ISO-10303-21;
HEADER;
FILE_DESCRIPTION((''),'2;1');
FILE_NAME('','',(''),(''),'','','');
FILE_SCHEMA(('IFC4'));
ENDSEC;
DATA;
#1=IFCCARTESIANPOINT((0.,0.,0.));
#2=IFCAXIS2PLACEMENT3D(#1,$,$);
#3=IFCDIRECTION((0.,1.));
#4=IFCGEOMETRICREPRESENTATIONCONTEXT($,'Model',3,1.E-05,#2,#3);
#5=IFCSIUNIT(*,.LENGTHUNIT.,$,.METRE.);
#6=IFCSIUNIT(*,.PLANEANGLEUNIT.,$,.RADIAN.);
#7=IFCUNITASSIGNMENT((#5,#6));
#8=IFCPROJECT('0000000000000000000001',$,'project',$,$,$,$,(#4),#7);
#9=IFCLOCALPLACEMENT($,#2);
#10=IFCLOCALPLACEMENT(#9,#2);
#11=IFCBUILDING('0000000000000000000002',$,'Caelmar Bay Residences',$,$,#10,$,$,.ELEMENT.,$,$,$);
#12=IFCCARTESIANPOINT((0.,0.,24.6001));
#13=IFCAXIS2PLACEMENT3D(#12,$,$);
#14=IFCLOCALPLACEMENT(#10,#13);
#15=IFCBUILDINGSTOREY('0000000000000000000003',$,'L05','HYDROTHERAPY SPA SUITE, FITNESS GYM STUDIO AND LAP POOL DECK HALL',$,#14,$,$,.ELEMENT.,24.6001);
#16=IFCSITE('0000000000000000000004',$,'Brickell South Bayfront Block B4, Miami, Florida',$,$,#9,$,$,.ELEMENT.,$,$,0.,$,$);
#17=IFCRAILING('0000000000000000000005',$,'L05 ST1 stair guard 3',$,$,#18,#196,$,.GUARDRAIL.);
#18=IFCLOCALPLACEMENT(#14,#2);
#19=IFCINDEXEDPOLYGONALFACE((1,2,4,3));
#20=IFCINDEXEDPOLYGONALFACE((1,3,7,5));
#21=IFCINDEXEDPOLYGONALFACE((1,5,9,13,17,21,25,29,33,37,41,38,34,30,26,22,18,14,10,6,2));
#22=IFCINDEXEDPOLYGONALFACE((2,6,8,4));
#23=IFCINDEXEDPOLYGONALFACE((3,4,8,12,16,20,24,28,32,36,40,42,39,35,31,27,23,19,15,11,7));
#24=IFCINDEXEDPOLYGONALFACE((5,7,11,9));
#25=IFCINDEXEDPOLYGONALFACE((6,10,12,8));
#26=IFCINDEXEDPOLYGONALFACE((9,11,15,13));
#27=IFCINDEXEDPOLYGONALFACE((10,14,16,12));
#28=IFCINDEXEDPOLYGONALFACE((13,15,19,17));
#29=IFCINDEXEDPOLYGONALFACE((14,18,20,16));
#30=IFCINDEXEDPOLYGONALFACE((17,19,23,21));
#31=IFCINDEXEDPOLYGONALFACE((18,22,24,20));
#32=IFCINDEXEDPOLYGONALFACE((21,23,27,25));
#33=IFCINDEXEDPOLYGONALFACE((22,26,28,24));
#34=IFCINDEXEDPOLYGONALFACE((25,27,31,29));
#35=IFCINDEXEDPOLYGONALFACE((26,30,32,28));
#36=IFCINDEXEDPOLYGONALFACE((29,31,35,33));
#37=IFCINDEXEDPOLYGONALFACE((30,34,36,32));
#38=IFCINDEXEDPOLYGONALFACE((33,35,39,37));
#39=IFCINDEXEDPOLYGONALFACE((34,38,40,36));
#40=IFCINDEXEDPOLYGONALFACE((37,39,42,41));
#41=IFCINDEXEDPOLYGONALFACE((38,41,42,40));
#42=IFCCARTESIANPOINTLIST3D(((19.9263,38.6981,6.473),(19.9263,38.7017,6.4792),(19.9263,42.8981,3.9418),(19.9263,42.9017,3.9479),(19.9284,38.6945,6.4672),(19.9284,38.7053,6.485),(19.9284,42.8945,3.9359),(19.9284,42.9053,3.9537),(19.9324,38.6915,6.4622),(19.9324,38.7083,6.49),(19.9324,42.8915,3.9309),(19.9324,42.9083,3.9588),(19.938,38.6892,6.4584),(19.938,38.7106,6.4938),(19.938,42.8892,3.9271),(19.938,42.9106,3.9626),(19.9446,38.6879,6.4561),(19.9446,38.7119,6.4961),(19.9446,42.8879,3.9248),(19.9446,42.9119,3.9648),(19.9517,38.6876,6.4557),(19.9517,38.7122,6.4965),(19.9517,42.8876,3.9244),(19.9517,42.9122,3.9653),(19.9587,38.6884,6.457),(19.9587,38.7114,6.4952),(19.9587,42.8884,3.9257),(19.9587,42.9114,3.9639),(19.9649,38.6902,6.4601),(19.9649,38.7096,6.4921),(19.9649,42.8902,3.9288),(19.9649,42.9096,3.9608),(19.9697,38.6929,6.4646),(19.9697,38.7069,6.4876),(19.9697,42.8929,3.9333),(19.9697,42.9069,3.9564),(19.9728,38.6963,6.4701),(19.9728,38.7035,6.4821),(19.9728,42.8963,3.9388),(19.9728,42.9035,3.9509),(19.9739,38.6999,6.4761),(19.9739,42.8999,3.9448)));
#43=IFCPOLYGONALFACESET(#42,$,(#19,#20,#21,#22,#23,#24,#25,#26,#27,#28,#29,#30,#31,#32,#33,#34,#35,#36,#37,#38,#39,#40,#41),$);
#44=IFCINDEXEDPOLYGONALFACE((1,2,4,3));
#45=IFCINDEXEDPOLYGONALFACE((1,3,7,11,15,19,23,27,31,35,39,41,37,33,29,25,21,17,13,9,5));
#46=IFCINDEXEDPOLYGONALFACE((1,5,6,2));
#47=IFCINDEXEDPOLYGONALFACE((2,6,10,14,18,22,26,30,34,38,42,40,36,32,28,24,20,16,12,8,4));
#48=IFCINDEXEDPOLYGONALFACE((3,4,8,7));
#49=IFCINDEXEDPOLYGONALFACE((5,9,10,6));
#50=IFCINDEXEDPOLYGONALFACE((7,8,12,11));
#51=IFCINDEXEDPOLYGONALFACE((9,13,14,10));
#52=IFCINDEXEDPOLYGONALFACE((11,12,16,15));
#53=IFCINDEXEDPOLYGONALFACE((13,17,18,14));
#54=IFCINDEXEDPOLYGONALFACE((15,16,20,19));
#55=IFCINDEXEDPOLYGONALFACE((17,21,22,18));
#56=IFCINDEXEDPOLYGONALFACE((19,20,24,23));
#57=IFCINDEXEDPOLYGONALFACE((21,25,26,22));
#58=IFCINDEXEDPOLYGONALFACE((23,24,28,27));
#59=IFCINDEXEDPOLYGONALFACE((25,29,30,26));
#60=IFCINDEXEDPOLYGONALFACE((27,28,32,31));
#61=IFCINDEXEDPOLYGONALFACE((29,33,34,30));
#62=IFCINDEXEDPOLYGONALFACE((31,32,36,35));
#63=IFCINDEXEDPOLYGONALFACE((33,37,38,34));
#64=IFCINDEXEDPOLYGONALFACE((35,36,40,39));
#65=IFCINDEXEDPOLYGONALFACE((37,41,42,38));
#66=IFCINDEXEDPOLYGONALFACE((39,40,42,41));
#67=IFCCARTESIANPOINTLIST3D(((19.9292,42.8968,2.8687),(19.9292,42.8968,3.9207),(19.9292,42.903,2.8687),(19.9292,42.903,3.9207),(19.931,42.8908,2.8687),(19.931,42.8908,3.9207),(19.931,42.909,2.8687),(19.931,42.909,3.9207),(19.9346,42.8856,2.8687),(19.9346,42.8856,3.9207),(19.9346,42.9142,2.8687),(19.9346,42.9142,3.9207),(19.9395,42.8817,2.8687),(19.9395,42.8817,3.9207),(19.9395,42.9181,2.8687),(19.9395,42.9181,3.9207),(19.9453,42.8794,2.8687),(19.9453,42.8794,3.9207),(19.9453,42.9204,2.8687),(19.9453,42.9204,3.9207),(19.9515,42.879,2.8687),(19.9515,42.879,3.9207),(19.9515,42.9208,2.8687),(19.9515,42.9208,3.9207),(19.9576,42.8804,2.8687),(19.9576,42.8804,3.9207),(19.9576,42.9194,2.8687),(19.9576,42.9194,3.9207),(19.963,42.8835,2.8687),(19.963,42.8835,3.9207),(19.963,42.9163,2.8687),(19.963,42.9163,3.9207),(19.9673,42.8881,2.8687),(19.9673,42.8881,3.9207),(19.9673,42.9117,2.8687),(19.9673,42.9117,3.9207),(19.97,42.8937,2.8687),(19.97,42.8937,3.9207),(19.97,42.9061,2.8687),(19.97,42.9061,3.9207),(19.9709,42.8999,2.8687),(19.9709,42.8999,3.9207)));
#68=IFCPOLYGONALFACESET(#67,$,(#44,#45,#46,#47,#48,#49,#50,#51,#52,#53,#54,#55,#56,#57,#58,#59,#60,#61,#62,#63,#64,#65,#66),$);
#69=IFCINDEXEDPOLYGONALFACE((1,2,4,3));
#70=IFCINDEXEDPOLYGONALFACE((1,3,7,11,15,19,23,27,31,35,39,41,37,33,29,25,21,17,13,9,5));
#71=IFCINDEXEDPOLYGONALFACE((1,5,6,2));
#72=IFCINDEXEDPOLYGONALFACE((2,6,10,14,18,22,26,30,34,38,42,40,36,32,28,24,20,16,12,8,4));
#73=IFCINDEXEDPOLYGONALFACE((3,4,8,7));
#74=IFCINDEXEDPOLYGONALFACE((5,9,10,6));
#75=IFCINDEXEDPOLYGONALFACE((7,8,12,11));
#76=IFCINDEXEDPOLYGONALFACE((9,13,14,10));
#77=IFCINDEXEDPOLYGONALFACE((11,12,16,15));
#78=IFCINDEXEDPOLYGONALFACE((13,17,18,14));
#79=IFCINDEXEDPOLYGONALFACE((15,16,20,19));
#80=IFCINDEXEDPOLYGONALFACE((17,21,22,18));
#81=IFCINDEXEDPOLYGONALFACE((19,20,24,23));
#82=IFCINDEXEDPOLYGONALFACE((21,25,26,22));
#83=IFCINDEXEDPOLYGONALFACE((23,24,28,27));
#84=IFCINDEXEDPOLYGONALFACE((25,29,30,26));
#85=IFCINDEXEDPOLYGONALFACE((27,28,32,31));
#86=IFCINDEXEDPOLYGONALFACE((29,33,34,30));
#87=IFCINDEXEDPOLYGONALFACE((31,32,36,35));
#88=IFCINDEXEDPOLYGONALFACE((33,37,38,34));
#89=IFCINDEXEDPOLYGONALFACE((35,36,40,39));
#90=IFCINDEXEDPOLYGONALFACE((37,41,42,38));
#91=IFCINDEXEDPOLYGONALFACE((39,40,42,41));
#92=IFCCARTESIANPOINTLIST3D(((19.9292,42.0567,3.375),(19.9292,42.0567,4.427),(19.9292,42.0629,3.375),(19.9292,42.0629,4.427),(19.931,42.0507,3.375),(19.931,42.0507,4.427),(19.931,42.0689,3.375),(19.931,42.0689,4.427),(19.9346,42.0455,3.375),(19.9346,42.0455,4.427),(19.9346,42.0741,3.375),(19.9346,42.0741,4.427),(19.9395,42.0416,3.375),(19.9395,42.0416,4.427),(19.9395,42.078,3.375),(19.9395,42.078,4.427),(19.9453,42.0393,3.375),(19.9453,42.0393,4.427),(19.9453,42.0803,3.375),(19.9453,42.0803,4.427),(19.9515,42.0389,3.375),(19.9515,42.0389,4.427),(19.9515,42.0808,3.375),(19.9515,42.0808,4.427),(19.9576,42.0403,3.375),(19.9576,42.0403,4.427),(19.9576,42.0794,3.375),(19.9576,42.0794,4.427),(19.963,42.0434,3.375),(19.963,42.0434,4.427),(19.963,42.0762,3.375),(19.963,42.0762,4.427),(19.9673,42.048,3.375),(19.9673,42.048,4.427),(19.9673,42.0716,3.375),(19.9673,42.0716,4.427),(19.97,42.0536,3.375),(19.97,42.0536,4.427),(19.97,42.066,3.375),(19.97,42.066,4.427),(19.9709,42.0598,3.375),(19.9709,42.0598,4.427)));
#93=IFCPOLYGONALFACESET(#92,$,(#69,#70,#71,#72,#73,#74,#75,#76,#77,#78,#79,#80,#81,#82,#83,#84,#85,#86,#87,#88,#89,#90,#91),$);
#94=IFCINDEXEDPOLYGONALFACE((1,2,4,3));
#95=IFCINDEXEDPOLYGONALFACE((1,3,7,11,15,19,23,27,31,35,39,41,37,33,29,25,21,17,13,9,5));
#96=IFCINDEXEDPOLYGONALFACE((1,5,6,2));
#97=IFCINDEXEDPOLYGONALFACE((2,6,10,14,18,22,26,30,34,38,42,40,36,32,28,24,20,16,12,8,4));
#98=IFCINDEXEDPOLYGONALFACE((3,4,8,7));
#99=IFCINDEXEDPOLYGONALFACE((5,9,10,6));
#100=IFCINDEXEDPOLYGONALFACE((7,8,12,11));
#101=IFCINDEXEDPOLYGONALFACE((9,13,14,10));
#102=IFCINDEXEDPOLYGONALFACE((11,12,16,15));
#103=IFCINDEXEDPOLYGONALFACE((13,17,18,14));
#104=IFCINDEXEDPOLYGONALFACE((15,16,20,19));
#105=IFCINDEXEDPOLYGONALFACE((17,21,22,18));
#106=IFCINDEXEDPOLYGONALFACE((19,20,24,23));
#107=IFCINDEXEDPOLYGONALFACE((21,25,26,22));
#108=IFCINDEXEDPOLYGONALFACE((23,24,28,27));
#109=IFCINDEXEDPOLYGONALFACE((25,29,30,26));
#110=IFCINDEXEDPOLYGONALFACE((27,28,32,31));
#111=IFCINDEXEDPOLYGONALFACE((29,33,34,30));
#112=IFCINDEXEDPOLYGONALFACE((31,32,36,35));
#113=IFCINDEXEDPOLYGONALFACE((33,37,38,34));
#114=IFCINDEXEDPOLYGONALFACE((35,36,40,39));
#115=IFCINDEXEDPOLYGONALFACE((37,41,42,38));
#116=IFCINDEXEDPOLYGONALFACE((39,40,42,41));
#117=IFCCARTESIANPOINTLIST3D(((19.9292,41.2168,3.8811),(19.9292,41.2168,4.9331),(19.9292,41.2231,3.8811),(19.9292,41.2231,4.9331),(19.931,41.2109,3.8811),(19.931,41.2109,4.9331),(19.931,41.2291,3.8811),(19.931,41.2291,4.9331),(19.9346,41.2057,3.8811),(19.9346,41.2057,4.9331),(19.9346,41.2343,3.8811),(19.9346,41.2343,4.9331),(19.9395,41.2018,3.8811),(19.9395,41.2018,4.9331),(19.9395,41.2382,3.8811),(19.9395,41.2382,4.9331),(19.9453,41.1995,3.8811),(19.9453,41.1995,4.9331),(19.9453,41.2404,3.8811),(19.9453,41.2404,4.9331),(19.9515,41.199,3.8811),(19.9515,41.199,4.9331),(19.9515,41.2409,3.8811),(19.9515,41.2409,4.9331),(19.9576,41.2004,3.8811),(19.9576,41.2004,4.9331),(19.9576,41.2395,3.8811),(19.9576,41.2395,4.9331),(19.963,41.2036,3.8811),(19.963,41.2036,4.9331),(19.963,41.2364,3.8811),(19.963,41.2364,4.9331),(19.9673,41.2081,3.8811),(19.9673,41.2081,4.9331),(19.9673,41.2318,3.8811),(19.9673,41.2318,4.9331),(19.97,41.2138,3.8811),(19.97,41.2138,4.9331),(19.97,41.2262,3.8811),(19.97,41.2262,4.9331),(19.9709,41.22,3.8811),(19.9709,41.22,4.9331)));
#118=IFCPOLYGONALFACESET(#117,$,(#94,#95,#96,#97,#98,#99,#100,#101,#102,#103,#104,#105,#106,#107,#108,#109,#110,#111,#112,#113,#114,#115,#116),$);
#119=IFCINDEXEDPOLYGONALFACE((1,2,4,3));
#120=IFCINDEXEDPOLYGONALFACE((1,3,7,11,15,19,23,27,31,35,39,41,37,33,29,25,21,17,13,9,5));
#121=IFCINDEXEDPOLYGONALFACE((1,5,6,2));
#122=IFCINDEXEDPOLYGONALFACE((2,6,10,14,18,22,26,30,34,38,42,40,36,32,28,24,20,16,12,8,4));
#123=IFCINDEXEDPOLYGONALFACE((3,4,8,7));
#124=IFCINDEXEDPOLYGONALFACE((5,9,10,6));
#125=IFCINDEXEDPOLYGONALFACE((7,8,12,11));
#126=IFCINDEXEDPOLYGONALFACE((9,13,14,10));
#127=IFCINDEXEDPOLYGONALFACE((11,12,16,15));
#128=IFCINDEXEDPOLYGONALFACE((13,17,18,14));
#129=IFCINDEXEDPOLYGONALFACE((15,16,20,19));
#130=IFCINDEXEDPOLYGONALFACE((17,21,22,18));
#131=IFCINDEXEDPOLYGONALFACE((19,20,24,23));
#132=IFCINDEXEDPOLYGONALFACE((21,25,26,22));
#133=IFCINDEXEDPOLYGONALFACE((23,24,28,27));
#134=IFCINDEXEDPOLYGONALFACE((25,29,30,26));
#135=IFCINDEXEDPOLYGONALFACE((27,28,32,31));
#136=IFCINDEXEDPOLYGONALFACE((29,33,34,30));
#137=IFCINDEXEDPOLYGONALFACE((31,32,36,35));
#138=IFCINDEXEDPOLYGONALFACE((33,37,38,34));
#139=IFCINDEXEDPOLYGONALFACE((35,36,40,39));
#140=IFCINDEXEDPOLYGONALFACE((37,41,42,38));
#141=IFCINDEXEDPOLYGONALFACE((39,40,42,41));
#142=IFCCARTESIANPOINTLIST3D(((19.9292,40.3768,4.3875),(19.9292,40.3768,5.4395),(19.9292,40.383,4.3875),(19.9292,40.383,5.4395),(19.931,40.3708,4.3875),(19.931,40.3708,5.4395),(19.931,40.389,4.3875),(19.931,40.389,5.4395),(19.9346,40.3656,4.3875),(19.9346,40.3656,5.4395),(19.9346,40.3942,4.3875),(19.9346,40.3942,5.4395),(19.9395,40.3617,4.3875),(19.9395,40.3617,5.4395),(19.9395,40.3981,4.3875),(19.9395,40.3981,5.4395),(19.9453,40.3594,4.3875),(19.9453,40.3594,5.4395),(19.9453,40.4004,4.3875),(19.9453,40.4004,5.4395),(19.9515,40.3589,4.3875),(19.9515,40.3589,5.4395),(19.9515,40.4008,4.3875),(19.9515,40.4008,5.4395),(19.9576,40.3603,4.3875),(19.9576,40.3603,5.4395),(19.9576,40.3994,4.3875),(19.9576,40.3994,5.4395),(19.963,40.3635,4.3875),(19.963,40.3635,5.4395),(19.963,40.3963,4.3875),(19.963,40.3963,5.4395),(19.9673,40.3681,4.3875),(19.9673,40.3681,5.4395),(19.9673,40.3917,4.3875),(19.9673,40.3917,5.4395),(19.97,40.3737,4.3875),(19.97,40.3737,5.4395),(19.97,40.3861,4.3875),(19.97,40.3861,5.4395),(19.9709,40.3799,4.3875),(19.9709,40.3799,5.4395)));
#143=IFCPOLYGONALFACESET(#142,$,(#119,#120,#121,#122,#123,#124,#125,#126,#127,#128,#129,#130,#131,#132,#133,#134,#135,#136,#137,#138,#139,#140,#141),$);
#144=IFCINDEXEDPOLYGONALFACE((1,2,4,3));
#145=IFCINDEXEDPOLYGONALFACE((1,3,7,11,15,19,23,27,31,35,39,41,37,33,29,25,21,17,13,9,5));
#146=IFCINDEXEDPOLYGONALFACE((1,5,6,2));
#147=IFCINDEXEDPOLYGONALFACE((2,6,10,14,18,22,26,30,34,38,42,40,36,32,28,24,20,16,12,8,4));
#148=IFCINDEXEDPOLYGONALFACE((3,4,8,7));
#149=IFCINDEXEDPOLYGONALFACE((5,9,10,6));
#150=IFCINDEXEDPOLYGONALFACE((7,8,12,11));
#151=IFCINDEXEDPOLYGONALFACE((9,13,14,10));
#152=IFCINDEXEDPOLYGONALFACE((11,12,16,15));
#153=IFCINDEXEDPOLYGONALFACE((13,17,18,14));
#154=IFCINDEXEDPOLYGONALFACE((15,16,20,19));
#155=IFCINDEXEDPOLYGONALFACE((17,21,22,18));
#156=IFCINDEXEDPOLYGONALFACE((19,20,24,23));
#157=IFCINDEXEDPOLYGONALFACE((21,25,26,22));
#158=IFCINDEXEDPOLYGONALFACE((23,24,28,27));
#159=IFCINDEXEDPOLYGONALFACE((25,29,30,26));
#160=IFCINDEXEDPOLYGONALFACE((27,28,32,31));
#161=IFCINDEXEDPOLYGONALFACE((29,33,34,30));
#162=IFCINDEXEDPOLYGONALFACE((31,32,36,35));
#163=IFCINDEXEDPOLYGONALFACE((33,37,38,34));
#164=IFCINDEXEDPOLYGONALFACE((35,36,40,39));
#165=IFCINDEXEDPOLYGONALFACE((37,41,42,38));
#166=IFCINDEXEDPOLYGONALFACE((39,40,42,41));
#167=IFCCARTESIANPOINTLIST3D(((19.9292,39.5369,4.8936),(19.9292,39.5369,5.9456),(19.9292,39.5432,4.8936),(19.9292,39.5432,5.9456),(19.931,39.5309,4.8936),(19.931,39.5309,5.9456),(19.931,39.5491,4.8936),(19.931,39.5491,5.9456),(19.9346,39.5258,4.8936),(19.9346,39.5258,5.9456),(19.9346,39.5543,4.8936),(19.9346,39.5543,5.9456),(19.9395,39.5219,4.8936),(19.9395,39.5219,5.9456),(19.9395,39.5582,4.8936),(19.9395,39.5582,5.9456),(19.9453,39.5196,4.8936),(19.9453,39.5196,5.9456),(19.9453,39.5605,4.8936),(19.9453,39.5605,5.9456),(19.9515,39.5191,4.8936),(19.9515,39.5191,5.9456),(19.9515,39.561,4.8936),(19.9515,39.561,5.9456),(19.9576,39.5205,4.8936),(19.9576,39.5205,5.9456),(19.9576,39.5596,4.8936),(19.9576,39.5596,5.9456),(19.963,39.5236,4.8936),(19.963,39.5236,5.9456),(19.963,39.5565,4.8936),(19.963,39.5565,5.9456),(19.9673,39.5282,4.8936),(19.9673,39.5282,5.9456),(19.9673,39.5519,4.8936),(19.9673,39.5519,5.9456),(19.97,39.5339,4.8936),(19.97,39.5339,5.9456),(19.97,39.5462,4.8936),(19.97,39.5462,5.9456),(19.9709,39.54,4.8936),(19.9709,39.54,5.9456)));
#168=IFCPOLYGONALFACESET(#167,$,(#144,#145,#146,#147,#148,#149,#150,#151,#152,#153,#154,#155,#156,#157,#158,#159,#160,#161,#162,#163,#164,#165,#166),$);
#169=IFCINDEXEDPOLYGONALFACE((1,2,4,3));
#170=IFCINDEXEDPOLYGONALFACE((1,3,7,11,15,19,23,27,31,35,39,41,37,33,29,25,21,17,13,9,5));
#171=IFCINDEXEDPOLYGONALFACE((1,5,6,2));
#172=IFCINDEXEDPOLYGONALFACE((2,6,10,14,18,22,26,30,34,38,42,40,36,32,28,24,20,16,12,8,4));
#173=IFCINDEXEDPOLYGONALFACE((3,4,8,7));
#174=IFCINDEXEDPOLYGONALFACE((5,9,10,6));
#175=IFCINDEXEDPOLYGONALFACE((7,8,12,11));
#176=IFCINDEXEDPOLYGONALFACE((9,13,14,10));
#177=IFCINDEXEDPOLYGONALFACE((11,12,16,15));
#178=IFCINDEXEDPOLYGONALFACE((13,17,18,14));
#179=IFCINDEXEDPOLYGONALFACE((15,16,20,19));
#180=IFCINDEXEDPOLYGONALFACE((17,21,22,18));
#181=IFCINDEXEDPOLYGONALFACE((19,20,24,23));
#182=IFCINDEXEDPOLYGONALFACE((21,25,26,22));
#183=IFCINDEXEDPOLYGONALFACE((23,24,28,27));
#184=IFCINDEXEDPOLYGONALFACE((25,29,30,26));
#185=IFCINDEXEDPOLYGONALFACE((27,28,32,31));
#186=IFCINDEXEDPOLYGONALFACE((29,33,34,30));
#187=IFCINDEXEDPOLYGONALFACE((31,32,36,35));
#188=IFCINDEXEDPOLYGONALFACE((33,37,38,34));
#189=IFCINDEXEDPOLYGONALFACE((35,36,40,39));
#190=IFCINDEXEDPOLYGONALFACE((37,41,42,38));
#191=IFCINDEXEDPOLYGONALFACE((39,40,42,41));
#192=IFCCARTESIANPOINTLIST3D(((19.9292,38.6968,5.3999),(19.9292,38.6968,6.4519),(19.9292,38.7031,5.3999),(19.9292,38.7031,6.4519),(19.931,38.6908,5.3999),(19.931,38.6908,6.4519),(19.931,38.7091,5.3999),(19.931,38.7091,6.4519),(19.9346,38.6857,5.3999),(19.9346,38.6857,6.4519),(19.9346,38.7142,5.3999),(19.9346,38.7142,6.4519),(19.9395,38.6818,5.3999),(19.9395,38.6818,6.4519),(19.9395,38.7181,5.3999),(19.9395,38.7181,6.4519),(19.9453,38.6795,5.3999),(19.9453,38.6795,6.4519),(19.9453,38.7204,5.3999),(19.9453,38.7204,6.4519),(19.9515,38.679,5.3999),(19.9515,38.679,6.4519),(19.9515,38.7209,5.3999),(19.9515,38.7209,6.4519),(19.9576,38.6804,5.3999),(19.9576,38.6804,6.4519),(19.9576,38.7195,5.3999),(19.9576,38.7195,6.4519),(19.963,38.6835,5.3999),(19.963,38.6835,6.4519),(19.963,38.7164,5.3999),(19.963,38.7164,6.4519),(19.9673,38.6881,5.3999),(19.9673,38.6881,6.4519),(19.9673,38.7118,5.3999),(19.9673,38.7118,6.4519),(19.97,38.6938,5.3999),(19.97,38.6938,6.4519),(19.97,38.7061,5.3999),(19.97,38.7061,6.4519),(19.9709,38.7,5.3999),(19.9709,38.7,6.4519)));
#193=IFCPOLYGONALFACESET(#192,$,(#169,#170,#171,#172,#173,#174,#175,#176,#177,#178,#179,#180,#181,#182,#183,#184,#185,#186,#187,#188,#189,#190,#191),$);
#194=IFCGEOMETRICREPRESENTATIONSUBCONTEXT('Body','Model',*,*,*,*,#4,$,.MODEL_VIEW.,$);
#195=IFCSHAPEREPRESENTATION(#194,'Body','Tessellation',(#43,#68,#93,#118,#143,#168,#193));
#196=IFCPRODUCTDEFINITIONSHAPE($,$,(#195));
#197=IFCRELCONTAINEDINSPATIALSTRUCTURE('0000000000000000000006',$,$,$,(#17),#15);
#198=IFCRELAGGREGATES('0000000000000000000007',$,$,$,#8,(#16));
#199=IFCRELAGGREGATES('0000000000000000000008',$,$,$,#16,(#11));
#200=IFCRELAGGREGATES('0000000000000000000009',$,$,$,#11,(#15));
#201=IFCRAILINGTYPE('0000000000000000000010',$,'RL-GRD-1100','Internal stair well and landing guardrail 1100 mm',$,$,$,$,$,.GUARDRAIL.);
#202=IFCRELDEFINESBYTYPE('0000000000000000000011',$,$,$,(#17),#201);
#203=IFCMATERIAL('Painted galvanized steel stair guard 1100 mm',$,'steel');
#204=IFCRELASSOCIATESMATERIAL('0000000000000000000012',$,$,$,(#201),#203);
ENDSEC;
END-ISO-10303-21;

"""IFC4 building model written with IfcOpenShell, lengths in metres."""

from ifc_helpers import new_model, si_unit, direction, frame, origin, origin_2d, place, context, subcontext, project, spatial, circle, extrude, material, type_object, element, save


model = new_model("IFC4")

# Units and contexts
model_context = context("Model", 3, precision=1e-05, world=origin(), true_north=direction((0.0, 1.0)))
body_context = subcontext(model_context, "Body", "Model", "MODEL_VIEW")
ifc_project = project(units=[si_unit("LENGTHUNIT", "METRE"), si_unit("PLANEANGLEUNIT", "RADIAN")], contexts=[model_context])

# Site, building, storey
site_placement = place(None, origin())
site = spatial("IfcSite", under=ifc_project, at=site_placement, Name="Brickell South Bayfront Block B4, Miami, Florida", CompositionType="ELEMENT", RefElevation=0.0)
building_placement = place(site_placement, origin())
building = spatial("IfcBuilding", under=site, at=building_placement, Name="Caelmar Bay Residences", CompositionType="ELEMENT")
storey_placement = place(building_placement, frame((0.0, 0.0, 24.6001)))
storey = spatial("IfcBuildingStorey", under=building, at=storey_placement, Name="L05", Description="HYDROTHERAPY SPA SUITE, FITNESS GYM STUDIO AND LAP POOL DECK HALL", CompositionType="ELEMENT", Elevation=24.6001)

# Railing
ifc_material_1 = material(Name="Painted galvanized steel stair guard 1100 mm", Category="steel")
railing_type_1 = type_object("IfcRailingType", Name="RL-GRD-1100", Description="Internal stair well and landing guardrail 1100 mm", PredefinedType="GUARDRAIL", material=ifc_material_1)
railing_1_placement = place(storey_placement, frame((19.95, 42.8999, 2.8687)))
element("IfcRailing", 1, at=railing_1_placement, inside=storey, type_object=railing_type_1, Name="L05 ST1 stair guard 3", PredefinedType="GUARDRAIL", context=body_context, shape_type="SweptSolid", body=[
    extrude(circle(Radius=0.0239, at=origin_2d()), frame((0.0, 0.0, 1.0762), z_axis=(0.0, -0.856476, 0.516186), x_axis=(1.0, 0.0, 0.0)), (0.0, 0.0, 1.0), 4.9038),
    extrude(circle(Radius=0.021, at=origin_2d()), origin(), (0.0, 0.0, 1.0), 1.052),
    extrude(circle(Radius=0.021, at=origin_2d()), frame((0.0, -0.8401, 0.5063)), (0.0, 0.0, 1.0), 1.052),
    extrude(circle(Radius=0.021, at=origin_2d()), frame((0.0, -1.6799, 1.0125)), (0.0, 0.0, 1.0), 1.052),
    extrude(circle(Radius=0.021, at=origin_2d()), frame((0.0, -2.52, 1.5188)), (0.0, 0.0, 1.0), 1.052),
    extrude(circle(Radius=0.021, at=origin_2d()), frame((0.0, -3.3599, 2.0249)), (0.0, 0.0, 1.0), 1.052),
    extrude(circle(Radius=0.021, at=origin_2d()), frame((0.0, -4.2, 2.5312)), (0.0, 0.0, 1.0), 1.052),
])

save(model, "model.ifc")
